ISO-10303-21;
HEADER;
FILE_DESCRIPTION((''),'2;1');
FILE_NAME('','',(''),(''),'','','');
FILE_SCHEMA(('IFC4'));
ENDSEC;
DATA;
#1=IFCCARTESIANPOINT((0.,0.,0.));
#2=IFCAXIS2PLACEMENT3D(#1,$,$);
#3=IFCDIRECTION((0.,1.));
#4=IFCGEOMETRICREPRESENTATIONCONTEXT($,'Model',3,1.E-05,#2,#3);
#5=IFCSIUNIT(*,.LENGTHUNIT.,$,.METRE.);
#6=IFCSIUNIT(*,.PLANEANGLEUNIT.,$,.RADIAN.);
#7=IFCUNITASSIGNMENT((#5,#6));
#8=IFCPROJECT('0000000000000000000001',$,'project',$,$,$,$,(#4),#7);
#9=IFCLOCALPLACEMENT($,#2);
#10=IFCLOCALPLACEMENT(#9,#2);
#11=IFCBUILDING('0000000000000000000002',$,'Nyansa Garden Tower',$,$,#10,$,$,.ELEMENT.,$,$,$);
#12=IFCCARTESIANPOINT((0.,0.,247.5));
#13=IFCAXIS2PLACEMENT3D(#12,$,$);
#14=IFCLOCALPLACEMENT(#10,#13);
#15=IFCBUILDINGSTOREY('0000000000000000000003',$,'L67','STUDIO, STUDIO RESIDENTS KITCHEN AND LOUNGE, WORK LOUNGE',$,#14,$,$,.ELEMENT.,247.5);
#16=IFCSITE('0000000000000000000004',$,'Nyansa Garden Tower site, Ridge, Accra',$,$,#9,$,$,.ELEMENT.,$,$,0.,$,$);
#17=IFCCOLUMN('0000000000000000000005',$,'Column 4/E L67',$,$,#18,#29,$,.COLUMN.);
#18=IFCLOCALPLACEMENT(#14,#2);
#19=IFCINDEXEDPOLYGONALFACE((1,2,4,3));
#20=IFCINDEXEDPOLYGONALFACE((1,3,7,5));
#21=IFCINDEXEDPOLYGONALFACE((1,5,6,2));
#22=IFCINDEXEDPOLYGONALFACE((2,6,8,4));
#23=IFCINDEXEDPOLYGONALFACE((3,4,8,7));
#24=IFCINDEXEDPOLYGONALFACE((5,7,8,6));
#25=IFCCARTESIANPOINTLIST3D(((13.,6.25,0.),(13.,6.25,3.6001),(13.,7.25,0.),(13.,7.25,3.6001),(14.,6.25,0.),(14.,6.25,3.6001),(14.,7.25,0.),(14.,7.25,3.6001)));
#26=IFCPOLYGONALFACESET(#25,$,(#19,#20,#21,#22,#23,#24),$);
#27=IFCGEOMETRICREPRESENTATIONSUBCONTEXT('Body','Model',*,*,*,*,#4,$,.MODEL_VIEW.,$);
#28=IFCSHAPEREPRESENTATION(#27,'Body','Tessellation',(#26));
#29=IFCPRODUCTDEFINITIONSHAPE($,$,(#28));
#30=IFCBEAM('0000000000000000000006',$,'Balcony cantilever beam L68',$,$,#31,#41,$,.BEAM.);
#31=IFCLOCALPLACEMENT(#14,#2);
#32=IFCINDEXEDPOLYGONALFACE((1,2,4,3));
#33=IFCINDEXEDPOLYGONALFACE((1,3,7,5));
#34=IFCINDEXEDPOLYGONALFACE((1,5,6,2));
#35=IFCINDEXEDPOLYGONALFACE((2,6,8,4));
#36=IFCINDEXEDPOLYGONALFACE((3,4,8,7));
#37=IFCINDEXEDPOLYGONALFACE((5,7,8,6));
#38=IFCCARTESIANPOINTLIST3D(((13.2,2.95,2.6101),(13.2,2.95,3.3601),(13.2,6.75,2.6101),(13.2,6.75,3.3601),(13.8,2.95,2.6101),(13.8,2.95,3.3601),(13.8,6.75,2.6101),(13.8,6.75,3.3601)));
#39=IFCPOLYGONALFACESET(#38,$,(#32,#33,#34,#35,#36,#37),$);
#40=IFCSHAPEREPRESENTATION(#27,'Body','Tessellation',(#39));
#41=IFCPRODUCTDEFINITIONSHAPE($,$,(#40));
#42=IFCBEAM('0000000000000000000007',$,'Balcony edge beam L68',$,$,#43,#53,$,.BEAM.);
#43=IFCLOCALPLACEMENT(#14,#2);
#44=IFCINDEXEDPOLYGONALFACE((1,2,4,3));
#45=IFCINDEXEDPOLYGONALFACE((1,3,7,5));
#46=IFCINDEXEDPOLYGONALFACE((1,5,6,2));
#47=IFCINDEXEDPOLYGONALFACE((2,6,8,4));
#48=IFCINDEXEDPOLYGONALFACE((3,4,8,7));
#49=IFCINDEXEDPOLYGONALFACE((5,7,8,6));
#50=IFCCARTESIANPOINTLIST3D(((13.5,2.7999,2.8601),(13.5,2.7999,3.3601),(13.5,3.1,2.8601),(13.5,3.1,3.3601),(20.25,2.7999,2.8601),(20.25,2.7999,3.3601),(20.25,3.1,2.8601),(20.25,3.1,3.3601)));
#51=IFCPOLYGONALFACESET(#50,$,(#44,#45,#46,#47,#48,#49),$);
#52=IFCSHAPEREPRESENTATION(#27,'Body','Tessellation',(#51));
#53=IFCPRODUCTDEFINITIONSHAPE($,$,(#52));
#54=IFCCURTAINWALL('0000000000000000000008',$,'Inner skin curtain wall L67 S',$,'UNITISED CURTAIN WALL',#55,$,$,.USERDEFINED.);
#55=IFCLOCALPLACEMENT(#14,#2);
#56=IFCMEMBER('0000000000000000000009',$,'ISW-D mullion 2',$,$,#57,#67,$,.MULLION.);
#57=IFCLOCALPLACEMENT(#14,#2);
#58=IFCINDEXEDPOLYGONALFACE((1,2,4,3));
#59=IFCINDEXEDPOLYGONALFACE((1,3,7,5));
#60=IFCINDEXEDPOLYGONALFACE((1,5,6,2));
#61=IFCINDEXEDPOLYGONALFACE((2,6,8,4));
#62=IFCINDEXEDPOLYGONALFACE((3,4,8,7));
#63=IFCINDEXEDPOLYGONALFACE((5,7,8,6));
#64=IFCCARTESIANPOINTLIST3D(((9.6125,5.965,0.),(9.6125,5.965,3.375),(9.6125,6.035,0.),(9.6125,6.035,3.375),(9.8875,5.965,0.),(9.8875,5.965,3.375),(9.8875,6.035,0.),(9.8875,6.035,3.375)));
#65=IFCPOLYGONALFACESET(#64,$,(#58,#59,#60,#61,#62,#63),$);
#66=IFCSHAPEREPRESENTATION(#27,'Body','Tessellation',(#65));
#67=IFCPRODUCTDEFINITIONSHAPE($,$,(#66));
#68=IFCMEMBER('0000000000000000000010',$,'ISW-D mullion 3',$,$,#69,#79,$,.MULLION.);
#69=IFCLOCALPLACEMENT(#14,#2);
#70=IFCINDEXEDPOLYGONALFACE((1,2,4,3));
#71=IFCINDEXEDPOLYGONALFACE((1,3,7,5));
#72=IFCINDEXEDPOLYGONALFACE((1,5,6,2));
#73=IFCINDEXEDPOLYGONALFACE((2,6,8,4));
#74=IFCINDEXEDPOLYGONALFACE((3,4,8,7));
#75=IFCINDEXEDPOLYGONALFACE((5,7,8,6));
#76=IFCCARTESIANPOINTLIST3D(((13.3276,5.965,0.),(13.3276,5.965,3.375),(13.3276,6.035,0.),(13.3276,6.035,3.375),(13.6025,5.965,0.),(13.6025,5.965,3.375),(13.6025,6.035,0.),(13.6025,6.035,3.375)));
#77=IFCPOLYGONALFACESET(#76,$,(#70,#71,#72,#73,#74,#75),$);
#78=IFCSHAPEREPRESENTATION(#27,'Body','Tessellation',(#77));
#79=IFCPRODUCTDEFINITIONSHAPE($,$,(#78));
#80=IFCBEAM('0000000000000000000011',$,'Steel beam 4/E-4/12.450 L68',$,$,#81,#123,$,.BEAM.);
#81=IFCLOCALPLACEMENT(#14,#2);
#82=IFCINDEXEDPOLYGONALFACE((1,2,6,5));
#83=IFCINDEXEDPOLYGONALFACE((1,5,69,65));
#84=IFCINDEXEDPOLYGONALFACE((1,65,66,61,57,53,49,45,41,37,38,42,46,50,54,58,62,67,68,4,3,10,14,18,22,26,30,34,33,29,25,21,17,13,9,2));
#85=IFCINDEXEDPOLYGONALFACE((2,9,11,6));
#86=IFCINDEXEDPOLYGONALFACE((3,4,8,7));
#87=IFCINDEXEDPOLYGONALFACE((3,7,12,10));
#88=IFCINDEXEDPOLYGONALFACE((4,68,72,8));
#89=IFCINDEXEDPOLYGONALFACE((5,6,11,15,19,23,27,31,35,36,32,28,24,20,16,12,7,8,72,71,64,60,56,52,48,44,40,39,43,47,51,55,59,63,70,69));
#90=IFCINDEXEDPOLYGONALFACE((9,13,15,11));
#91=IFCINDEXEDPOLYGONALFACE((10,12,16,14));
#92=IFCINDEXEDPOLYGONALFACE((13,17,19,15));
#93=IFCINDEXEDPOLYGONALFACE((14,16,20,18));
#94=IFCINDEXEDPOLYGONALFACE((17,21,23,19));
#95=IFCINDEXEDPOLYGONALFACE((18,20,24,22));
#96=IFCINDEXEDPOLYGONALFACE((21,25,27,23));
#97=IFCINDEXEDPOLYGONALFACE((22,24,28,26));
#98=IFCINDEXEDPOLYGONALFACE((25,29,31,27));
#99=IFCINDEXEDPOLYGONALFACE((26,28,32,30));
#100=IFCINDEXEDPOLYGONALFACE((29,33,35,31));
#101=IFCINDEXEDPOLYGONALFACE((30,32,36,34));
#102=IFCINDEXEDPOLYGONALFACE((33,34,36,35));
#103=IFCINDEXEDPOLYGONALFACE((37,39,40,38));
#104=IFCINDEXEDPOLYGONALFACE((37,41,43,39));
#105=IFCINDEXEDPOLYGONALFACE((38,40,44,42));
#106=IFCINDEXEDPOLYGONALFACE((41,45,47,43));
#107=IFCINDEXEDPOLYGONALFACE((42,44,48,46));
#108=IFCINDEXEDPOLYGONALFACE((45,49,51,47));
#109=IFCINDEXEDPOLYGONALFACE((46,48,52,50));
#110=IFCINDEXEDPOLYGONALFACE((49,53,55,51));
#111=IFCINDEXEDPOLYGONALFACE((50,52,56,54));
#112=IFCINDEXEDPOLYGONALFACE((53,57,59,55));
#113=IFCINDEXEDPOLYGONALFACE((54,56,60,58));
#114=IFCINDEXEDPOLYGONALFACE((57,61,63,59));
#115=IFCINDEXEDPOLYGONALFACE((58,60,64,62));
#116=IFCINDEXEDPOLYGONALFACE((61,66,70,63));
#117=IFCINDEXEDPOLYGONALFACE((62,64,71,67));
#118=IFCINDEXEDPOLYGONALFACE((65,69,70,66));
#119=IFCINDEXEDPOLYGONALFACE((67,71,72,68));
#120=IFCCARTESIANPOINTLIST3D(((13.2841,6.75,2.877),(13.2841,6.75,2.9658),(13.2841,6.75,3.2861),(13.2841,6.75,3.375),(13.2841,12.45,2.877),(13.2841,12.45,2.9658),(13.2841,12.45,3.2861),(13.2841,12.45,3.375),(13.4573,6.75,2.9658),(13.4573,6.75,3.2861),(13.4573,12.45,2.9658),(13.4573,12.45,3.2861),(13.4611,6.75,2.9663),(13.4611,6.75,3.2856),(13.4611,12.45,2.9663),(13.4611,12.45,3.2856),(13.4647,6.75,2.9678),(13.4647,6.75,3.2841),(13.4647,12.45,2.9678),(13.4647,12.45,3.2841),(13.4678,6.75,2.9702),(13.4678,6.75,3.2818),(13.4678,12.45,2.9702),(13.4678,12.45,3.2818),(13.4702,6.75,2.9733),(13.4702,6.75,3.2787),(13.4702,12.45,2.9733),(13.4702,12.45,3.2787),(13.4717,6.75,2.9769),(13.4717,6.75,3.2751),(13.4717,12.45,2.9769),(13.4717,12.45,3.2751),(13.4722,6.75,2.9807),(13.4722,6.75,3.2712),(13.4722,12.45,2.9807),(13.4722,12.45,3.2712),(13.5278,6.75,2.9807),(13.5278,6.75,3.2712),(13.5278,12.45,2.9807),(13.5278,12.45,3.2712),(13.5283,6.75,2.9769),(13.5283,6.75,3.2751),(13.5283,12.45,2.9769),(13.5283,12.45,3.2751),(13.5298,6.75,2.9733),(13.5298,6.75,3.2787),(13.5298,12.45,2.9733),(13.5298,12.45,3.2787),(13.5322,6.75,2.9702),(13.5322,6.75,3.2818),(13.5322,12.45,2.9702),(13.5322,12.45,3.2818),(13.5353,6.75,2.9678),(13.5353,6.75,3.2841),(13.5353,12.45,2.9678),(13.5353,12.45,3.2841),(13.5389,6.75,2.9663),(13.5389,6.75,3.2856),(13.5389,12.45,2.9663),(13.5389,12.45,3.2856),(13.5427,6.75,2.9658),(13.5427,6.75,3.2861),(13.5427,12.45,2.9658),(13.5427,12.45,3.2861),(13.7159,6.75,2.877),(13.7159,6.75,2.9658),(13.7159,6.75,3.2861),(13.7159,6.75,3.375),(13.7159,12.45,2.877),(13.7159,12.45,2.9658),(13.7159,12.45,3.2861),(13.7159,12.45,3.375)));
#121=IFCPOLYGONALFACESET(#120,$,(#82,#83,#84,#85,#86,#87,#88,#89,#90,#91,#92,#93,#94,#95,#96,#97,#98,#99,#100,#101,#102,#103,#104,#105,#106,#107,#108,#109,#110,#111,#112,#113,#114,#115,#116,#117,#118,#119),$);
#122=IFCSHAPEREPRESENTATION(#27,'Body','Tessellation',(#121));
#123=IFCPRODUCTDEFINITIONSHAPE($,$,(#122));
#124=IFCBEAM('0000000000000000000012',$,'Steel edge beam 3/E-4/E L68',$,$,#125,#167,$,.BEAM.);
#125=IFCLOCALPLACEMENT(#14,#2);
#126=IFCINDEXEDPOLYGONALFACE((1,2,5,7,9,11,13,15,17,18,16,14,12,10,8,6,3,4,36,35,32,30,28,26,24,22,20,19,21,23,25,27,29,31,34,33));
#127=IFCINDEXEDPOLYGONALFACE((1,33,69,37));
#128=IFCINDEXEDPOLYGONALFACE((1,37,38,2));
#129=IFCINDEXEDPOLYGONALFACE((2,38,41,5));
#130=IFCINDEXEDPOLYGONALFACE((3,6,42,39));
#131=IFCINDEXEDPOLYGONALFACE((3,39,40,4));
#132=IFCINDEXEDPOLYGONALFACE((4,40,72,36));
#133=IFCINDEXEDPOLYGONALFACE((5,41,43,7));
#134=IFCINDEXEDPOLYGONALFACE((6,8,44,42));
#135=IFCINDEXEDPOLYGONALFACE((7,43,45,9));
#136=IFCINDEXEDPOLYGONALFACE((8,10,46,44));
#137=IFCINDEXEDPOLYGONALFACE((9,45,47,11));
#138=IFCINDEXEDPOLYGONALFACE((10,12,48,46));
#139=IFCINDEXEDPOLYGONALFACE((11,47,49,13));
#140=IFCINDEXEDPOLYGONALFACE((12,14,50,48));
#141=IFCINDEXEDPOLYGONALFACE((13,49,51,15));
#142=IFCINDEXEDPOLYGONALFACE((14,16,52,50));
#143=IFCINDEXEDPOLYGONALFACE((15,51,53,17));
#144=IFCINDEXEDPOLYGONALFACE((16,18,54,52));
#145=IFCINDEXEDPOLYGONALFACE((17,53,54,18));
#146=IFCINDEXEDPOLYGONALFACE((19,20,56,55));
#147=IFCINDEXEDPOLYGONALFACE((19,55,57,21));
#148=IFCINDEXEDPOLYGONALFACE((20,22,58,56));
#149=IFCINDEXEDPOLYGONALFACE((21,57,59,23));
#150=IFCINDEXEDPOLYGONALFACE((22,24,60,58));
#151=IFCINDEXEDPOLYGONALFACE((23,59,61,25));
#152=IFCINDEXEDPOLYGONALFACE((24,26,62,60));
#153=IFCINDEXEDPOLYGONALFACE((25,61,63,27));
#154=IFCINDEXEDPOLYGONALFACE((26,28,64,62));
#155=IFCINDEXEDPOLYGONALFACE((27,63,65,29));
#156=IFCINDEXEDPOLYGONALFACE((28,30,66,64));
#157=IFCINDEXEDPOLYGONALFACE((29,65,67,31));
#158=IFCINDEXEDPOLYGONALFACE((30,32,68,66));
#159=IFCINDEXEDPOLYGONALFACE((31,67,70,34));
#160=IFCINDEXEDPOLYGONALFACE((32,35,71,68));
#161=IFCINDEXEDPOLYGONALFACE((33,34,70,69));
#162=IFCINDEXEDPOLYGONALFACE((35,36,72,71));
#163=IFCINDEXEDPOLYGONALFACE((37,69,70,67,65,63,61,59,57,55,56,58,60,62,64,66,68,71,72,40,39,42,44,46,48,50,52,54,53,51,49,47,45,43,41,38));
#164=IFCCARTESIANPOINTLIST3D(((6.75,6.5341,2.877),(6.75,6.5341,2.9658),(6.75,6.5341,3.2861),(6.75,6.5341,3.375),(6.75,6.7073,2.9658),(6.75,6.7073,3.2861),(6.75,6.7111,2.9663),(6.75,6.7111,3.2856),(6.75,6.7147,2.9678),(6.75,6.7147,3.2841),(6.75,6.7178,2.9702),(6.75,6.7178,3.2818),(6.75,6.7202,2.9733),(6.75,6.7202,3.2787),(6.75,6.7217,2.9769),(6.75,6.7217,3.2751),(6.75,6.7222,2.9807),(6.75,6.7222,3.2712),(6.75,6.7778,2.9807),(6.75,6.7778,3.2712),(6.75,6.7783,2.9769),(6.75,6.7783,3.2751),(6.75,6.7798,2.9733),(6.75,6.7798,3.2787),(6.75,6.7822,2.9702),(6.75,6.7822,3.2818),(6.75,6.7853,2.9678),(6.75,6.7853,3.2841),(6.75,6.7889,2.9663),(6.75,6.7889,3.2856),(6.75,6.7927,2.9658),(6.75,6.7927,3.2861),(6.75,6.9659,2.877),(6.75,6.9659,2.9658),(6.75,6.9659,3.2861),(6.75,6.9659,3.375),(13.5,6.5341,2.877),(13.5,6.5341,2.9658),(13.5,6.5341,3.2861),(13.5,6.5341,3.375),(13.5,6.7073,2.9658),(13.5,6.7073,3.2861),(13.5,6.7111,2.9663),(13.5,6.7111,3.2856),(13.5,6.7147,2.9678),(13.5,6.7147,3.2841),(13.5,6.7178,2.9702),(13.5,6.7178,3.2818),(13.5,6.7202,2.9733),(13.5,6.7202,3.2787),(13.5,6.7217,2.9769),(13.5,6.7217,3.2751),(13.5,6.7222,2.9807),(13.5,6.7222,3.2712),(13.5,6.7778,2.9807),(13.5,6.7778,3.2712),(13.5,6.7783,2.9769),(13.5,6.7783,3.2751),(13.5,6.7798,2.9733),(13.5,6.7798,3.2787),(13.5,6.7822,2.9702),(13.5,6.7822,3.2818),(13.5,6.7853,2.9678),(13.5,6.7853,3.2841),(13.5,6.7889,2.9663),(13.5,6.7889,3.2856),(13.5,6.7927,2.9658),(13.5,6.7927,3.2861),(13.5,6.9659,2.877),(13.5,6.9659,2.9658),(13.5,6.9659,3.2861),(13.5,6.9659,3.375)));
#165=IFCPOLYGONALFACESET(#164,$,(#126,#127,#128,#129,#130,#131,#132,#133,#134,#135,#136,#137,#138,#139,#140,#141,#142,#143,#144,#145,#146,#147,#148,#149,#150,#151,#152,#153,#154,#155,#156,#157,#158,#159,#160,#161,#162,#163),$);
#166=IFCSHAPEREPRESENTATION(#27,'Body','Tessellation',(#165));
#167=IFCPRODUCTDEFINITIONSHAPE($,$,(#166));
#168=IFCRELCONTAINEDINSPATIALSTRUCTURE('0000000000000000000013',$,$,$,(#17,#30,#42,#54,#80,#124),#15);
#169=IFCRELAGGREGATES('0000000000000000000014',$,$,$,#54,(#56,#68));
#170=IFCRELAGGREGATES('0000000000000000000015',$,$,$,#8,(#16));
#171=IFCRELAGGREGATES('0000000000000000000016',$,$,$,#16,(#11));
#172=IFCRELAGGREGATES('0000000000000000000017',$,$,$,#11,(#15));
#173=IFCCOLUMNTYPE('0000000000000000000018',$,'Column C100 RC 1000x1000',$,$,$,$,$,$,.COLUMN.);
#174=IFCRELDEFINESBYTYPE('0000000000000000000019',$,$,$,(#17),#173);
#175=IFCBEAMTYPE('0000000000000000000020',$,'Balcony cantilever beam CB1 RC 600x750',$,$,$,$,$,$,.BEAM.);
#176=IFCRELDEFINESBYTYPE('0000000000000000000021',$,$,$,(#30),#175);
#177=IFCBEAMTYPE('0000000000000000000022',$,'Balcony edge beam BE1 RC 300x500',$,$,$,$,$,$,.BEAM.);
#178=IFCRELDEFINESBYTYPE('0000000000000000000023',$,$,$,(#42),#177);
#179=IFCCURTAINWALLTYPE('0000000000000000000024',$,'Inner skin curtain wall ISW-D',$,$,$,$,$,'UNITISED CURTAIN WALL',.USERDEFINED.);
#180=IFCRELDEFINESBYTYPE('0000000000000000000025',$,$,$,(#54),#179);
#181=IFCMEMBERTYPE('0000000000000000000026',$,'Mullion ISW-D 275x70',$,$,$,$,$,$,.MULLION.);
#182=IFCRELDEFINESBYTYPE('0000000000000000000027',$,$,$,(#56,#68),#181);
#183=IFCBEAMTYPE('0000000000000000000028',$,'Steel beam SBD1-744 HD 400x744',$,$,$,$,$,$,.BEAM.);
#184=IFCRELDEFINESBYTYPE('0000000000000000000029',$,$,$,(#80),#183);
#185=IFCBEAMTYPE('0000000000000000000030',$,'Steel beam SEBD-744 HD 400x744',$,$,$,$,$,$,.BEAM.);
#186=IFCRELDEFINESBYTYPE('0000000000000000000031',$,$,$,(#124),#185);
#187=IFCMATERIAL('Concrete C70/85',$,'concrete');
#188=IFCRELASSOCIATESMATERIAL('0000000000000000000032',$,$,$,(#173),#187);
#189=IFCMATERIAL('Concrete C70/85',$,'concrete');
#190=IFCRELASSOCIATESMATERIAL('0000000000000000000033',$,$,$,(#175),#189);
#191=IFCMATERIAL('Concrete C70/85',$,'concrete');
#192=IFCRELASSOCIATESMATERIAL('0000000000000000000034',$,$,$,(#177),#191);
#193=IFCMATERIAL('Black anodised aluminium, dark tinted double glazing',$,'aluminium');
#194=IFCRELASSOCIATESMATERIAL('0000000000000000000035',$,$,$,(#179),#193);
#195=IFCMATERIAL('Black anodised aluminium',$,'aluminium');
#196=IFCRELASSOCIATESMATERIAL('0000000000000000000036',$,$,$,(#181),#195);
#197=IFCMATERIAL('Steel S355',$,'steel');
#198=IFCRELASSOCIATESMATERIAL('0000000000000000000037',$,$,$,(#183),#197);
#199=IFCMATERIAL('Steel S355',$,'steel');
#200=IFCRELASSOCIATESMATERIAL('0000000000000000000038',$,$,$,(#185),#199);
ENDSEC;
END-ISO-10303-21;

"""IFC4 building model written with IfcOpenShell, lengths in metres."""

from ifc_helpers import new_model, si_unit, direction, frame, origin, origin_2d, place, context, subcontext, project, spatial, rectangle, i_section, extrude, material, material_profile, profile_set, type_object, element, aggregate, save


model = new_model("IFC4")

# Units and contexts
model_context = context("Model", 3, precision=1e-05, world=origin(), true_north=direction((0.0, 1.0)))
body_context = subcontext(model_context, "Body", "Model", "MODEL_VIEW")
ifc_project = project(units=[si_unit("LENGTHUNIT", "METRE"), si_unit("PLANEANGLEUNIT", "RADIAN")], contexts=[model_context])

# Site, building, storey
site_placement = place(None, origin())
site = spatial("IfcSite", under=ifc_project, at=site_placement, Name="Nyansa Garden Tower site, Ridge, Accra", CompositionType="ELEMENT", RefElevation=0.0)
building_placement = place(site_placement, origin())
building = spatial("IfcBuilding", under=site, at=building_placement, Name="Nyansa Garden Tower", CompositionType="ELEMENT")
storey_placement = place(building_placement, frame((0.0, 0.0, 247.5)))
storey = spatial("IfcBuildingStorey", under=building, at=storey_placement, Name="L67", Description="STUDIO, STUDIO RESIDENTS KITCHEN AND LOUNGE, WORK LOUNGE", CompositionType="ELEMENT", Elevation=247.5)

# Column
ifc_material_1 = material(Name="Concrete C70/85", Category="concrete")
ifc_material_profile_1 = material_profile(ifc_material_1, rectangle(XDim=1.0, YDim=1.0, at=origin_2d()), Name="RC 1000x1000")
ifc_profile_set_1 = profile_set([ifc_material_profile_1], Name="Concrete C70/85")
column_type = type_object("IfcColumnType", Name="Column C100 RC 1000x1000", PredefinedType="COLUMN", material=ifc_profile_set_1)
column_placement = place(storey_placement, frame((13.5, 6.75, 0.0), z_axis=(0.0, 0.0, 1.0), x_axis=(1.0, 0.0, 0.0)))
element("IfcColumn", 1, at=column_placement, inside=storey, type_object=column_type, Name="Column 4/E L67", PredefinedType="COLUMN", context=body_context, shape_type="SweptSolid", body=[
    extrude(rectangle(XDim=1.0, YDim=1.0, at=origin_2d()), origin(), (0.0, 0.0, 1.0), 3.6001),
])

# Beams
ifc_material_2 = material(Name="Concrete C70/85", Category="concrete")
ifc_material_profile_2 = material_profile(ifc_material_2, rectangle(XDim=0.6001, YDim=0.75, at=origin_2d()), Name="RC 600x750")
ifc_profile_set_2 = profile_set([ifc_material_profile_2], Name="Concrete C70/85")
beam_type_1 = type_object("IfcBeamType", Name="Balcony cantilever beam CB1 RC 600x750", PredefinedType="BEAM", material=ifc_profile_set_2)
beam_1_placement = place(storey_placement, frame((13.5, 6.75, 2.9851), z_axis=(0.0, -1.0, 0.0), x_axis=(1.0, 0.0, 0.0)))
element("IfcBeam", 2, at=beam_1_placement, inside=storey, type_object=beam_type_1, Name="Balcony cantilever beam L68", PredefinedType="BEAM", context=body_context, shape_type="SweptSolid", body=[
    extrude(rectangle(XDim=0.6001, YDim=0.75, at=origin_2d()), origin(), (0.0, 0.0, 1.0), 3.8),
])
ifc_material_3 = material(Name="Concrete C70/85", Category="concrete")
ifc_material_profile_3 = material_profile(ifc_material_3, rectangle(XDim=0.3, YDim=0.5, at=origin_2d()), Name="RC 300x500")
ifc_profile_set_3 = profile_set([ifc_material_profile_3], Name="Concrete C70/85")
beam_type_2 = type_object("IfcBeamType", Name="Balcony edge beam BE1 RC 300x500", PredefinedType="BEAM", material=ifc_profile_set_3)
beam_2_placement = place(storey_placement, frame((13.5, 2.95, 3.1101), z_axis=(1.0, 0.0, 0.0), x_axis=(0.0, 1.0, 0.0)))
element("IfcBeam", 3, at=beam_2_placement, inside=storey, type_object=beam_type_2, Name="Balcony edge beam L68", PredefinedType="BEAM", context=body_context, shape_type="SweptSolid", body=[
    extrude(rectangle(XDim=0.3, YDim=0.5, at=origin_2d()), origin(), (0.0, 0.0, 1.0), 6.75),
])

# Curtain wall, members
ifc_material_4 = material(Name="Black anodised aluminium, dark tinted double glazing", Category="aluminium")
curtain_wall_type = type_object("IfcCurtainWallType", Name="Inner skin curtain wall ISW-D", ElementType="UNITISED CURTAIN WALL", PredefinedType="USERDEFINED", material=ifc_material_4)
curtain_wall_placement = place(storey_placement, origin())
curtain_wall = element("IfcCurtainWall", 4, at=curtain_wall_placement, inside=storey, type_object=curtain_wall_type, Name="Inner skin curtain wall L67 S", ObjectType="UNITISED CURTAIN WALL", PredefinedType="USERDEFINED")
ifc_material_5 = material(Name="Black anodised aluminium", Category="aluminium")
ifc_material_profile_4 = material_profile(ifc_material_5, rectangle(XDim=0.0701, YDim=0.2749, at=origin_2d()), Name="Mullion 275x70")
ifc_profile_set_4 = profile_set([ifc_material_profile_4], Name="Black anodised aluminium")
member_type_1 = type_object("IfcMemberType", Name="Mullion ISW-D 275x70", PredefinedType="MULLION", material=ifc_profile_set_4)
member_1_placement = place(storey_placement, frame((9.75, 6.0, 0.0), z_axis=(0.0, 0.0, 1.0), x_axis=(0.0, 1.0, 0.0)))
member_1 = element("IfcMember", 5, at=member_1_placement, type_object=member_type_1, Name="ISW-D mullion 2", PredefinedType="MULLION", context=body_context, shape_type="SweptSolid", body=[
    extrude(rectangle(XDim=0.0701, YDim=0.2749, at=origin_2d()), origin(), (0.0, 0.0, 1.0), 3.375),
])
member_2_placement = place(storey_placement, frame((13.4651, 6.0, 0.0), z_axis=(0.0, 0.0, 1.0), x_axis=(0.0, 1.0, 0.0)))
member_2 = element("IfcMember", 6, at=member_2_placement, type_object=member_type_1, Name="ISW-D mullion 3", PredefinedType="MULLION", context=body_context, shape_type="SweptSolid", body=[
    extrude(rectangle(XDim=0.0701, YDim=0.2749, at=origin_2d()), origin(), (0.0, 0.0, 1.0), 3.375),
])

# Beams
ifc_material_6 = material(Name="Steel S355", Category="steel")
ifc_material_profile_5 = material_profile(ifc_material_6, i_section(OverallWidth=0.4319, OverallDepth=0.498, WebThickness=0.0557, FlangeThickness=0.0889, FilletRadius=0.0149, at=origin_2d()), Name="HD 400x744")
ifc_profile_set_5 = profile_set([ifc_material_profile_5], Name="Steel S355")
beam_type_3 = type_object("IfcBeamType", Name="Steel beam SBD1-744 HD 400x744", PredefinedType="BEAM", material=ifc_profile_set_5)
beam_3_placement = place(storey_placement, frame((13.5, 6.75, 3.126), z_axis=(0.0, 1.0, 0.0), x_axis=(-1.0, 0.0, 0.0)))
element("IfcBeam", 7, at=beam_3_placement, inside=storey, type_object=beam_type_3, Name="Steel beam 4/E-4/12.450 L68", PredefinedType="BEAM", context=body_context, shape_type="SweptSolid", body=[
    extrude(i_section(OverallWidth=0.4319, OverallDepth=0.498, WebThickness=0.0557, FlangeThickness=0.0889, FilletRadius=0.0149, at=origin_2d()), origin(), (0.0, 0.0, 1.0), 5.7),
])
ifc_material_7 = material(Name="Steel S355", Category="steel")
ifc_material_profile_6 = material_profile(ifc_material_7, i_section(OverallWidth=0.4319, OverallDepth=0.498, WebThickness=0.0557, FlangeThickness=0.0889, FilletRadius=0.0149, at=origin_2d()), Name="HD 400x744")
ifc_profile_set_6 = profile_set([ifc_material_profile_6], Name="Steel S355")
beam_type_4 = type_object("IfcBeamType", Name="Steel beam SEBD-744 HD 400x744", PredefinedType="BEAM", material=ifc_profile_set_6)
for number, where, z_axis, x_axis, name in (
    (8, (6.75, 6.75, 3.126), (1.0, 0.0, 0.0), (0.0, 1.0, 0.0), "Steel edge beam 3/E-4/E L68"),
):
    element("IfcBeam", number, at=place(storey_placement, frame(where, z_axis=z_axis, x_axis=x_axis)), inside=storey, type_object=beam_type_4, Name=name, PredefinedType="BEAM", context=body_context, shape_type="SweptSolid", body=[
        extrude(i_section(OverallWidth=0.4319, OverallDepth=0.498, WebThickness=0.0557, FlangeThickness=0.0889, FilletRadius=0.0149, at=origin_2d()), origin(), (0.0, 0.0, 1.0), 6.75),
    ])

aggregate(curtain_wall, [member_1, member_2])

save(model, "model.ifc")
